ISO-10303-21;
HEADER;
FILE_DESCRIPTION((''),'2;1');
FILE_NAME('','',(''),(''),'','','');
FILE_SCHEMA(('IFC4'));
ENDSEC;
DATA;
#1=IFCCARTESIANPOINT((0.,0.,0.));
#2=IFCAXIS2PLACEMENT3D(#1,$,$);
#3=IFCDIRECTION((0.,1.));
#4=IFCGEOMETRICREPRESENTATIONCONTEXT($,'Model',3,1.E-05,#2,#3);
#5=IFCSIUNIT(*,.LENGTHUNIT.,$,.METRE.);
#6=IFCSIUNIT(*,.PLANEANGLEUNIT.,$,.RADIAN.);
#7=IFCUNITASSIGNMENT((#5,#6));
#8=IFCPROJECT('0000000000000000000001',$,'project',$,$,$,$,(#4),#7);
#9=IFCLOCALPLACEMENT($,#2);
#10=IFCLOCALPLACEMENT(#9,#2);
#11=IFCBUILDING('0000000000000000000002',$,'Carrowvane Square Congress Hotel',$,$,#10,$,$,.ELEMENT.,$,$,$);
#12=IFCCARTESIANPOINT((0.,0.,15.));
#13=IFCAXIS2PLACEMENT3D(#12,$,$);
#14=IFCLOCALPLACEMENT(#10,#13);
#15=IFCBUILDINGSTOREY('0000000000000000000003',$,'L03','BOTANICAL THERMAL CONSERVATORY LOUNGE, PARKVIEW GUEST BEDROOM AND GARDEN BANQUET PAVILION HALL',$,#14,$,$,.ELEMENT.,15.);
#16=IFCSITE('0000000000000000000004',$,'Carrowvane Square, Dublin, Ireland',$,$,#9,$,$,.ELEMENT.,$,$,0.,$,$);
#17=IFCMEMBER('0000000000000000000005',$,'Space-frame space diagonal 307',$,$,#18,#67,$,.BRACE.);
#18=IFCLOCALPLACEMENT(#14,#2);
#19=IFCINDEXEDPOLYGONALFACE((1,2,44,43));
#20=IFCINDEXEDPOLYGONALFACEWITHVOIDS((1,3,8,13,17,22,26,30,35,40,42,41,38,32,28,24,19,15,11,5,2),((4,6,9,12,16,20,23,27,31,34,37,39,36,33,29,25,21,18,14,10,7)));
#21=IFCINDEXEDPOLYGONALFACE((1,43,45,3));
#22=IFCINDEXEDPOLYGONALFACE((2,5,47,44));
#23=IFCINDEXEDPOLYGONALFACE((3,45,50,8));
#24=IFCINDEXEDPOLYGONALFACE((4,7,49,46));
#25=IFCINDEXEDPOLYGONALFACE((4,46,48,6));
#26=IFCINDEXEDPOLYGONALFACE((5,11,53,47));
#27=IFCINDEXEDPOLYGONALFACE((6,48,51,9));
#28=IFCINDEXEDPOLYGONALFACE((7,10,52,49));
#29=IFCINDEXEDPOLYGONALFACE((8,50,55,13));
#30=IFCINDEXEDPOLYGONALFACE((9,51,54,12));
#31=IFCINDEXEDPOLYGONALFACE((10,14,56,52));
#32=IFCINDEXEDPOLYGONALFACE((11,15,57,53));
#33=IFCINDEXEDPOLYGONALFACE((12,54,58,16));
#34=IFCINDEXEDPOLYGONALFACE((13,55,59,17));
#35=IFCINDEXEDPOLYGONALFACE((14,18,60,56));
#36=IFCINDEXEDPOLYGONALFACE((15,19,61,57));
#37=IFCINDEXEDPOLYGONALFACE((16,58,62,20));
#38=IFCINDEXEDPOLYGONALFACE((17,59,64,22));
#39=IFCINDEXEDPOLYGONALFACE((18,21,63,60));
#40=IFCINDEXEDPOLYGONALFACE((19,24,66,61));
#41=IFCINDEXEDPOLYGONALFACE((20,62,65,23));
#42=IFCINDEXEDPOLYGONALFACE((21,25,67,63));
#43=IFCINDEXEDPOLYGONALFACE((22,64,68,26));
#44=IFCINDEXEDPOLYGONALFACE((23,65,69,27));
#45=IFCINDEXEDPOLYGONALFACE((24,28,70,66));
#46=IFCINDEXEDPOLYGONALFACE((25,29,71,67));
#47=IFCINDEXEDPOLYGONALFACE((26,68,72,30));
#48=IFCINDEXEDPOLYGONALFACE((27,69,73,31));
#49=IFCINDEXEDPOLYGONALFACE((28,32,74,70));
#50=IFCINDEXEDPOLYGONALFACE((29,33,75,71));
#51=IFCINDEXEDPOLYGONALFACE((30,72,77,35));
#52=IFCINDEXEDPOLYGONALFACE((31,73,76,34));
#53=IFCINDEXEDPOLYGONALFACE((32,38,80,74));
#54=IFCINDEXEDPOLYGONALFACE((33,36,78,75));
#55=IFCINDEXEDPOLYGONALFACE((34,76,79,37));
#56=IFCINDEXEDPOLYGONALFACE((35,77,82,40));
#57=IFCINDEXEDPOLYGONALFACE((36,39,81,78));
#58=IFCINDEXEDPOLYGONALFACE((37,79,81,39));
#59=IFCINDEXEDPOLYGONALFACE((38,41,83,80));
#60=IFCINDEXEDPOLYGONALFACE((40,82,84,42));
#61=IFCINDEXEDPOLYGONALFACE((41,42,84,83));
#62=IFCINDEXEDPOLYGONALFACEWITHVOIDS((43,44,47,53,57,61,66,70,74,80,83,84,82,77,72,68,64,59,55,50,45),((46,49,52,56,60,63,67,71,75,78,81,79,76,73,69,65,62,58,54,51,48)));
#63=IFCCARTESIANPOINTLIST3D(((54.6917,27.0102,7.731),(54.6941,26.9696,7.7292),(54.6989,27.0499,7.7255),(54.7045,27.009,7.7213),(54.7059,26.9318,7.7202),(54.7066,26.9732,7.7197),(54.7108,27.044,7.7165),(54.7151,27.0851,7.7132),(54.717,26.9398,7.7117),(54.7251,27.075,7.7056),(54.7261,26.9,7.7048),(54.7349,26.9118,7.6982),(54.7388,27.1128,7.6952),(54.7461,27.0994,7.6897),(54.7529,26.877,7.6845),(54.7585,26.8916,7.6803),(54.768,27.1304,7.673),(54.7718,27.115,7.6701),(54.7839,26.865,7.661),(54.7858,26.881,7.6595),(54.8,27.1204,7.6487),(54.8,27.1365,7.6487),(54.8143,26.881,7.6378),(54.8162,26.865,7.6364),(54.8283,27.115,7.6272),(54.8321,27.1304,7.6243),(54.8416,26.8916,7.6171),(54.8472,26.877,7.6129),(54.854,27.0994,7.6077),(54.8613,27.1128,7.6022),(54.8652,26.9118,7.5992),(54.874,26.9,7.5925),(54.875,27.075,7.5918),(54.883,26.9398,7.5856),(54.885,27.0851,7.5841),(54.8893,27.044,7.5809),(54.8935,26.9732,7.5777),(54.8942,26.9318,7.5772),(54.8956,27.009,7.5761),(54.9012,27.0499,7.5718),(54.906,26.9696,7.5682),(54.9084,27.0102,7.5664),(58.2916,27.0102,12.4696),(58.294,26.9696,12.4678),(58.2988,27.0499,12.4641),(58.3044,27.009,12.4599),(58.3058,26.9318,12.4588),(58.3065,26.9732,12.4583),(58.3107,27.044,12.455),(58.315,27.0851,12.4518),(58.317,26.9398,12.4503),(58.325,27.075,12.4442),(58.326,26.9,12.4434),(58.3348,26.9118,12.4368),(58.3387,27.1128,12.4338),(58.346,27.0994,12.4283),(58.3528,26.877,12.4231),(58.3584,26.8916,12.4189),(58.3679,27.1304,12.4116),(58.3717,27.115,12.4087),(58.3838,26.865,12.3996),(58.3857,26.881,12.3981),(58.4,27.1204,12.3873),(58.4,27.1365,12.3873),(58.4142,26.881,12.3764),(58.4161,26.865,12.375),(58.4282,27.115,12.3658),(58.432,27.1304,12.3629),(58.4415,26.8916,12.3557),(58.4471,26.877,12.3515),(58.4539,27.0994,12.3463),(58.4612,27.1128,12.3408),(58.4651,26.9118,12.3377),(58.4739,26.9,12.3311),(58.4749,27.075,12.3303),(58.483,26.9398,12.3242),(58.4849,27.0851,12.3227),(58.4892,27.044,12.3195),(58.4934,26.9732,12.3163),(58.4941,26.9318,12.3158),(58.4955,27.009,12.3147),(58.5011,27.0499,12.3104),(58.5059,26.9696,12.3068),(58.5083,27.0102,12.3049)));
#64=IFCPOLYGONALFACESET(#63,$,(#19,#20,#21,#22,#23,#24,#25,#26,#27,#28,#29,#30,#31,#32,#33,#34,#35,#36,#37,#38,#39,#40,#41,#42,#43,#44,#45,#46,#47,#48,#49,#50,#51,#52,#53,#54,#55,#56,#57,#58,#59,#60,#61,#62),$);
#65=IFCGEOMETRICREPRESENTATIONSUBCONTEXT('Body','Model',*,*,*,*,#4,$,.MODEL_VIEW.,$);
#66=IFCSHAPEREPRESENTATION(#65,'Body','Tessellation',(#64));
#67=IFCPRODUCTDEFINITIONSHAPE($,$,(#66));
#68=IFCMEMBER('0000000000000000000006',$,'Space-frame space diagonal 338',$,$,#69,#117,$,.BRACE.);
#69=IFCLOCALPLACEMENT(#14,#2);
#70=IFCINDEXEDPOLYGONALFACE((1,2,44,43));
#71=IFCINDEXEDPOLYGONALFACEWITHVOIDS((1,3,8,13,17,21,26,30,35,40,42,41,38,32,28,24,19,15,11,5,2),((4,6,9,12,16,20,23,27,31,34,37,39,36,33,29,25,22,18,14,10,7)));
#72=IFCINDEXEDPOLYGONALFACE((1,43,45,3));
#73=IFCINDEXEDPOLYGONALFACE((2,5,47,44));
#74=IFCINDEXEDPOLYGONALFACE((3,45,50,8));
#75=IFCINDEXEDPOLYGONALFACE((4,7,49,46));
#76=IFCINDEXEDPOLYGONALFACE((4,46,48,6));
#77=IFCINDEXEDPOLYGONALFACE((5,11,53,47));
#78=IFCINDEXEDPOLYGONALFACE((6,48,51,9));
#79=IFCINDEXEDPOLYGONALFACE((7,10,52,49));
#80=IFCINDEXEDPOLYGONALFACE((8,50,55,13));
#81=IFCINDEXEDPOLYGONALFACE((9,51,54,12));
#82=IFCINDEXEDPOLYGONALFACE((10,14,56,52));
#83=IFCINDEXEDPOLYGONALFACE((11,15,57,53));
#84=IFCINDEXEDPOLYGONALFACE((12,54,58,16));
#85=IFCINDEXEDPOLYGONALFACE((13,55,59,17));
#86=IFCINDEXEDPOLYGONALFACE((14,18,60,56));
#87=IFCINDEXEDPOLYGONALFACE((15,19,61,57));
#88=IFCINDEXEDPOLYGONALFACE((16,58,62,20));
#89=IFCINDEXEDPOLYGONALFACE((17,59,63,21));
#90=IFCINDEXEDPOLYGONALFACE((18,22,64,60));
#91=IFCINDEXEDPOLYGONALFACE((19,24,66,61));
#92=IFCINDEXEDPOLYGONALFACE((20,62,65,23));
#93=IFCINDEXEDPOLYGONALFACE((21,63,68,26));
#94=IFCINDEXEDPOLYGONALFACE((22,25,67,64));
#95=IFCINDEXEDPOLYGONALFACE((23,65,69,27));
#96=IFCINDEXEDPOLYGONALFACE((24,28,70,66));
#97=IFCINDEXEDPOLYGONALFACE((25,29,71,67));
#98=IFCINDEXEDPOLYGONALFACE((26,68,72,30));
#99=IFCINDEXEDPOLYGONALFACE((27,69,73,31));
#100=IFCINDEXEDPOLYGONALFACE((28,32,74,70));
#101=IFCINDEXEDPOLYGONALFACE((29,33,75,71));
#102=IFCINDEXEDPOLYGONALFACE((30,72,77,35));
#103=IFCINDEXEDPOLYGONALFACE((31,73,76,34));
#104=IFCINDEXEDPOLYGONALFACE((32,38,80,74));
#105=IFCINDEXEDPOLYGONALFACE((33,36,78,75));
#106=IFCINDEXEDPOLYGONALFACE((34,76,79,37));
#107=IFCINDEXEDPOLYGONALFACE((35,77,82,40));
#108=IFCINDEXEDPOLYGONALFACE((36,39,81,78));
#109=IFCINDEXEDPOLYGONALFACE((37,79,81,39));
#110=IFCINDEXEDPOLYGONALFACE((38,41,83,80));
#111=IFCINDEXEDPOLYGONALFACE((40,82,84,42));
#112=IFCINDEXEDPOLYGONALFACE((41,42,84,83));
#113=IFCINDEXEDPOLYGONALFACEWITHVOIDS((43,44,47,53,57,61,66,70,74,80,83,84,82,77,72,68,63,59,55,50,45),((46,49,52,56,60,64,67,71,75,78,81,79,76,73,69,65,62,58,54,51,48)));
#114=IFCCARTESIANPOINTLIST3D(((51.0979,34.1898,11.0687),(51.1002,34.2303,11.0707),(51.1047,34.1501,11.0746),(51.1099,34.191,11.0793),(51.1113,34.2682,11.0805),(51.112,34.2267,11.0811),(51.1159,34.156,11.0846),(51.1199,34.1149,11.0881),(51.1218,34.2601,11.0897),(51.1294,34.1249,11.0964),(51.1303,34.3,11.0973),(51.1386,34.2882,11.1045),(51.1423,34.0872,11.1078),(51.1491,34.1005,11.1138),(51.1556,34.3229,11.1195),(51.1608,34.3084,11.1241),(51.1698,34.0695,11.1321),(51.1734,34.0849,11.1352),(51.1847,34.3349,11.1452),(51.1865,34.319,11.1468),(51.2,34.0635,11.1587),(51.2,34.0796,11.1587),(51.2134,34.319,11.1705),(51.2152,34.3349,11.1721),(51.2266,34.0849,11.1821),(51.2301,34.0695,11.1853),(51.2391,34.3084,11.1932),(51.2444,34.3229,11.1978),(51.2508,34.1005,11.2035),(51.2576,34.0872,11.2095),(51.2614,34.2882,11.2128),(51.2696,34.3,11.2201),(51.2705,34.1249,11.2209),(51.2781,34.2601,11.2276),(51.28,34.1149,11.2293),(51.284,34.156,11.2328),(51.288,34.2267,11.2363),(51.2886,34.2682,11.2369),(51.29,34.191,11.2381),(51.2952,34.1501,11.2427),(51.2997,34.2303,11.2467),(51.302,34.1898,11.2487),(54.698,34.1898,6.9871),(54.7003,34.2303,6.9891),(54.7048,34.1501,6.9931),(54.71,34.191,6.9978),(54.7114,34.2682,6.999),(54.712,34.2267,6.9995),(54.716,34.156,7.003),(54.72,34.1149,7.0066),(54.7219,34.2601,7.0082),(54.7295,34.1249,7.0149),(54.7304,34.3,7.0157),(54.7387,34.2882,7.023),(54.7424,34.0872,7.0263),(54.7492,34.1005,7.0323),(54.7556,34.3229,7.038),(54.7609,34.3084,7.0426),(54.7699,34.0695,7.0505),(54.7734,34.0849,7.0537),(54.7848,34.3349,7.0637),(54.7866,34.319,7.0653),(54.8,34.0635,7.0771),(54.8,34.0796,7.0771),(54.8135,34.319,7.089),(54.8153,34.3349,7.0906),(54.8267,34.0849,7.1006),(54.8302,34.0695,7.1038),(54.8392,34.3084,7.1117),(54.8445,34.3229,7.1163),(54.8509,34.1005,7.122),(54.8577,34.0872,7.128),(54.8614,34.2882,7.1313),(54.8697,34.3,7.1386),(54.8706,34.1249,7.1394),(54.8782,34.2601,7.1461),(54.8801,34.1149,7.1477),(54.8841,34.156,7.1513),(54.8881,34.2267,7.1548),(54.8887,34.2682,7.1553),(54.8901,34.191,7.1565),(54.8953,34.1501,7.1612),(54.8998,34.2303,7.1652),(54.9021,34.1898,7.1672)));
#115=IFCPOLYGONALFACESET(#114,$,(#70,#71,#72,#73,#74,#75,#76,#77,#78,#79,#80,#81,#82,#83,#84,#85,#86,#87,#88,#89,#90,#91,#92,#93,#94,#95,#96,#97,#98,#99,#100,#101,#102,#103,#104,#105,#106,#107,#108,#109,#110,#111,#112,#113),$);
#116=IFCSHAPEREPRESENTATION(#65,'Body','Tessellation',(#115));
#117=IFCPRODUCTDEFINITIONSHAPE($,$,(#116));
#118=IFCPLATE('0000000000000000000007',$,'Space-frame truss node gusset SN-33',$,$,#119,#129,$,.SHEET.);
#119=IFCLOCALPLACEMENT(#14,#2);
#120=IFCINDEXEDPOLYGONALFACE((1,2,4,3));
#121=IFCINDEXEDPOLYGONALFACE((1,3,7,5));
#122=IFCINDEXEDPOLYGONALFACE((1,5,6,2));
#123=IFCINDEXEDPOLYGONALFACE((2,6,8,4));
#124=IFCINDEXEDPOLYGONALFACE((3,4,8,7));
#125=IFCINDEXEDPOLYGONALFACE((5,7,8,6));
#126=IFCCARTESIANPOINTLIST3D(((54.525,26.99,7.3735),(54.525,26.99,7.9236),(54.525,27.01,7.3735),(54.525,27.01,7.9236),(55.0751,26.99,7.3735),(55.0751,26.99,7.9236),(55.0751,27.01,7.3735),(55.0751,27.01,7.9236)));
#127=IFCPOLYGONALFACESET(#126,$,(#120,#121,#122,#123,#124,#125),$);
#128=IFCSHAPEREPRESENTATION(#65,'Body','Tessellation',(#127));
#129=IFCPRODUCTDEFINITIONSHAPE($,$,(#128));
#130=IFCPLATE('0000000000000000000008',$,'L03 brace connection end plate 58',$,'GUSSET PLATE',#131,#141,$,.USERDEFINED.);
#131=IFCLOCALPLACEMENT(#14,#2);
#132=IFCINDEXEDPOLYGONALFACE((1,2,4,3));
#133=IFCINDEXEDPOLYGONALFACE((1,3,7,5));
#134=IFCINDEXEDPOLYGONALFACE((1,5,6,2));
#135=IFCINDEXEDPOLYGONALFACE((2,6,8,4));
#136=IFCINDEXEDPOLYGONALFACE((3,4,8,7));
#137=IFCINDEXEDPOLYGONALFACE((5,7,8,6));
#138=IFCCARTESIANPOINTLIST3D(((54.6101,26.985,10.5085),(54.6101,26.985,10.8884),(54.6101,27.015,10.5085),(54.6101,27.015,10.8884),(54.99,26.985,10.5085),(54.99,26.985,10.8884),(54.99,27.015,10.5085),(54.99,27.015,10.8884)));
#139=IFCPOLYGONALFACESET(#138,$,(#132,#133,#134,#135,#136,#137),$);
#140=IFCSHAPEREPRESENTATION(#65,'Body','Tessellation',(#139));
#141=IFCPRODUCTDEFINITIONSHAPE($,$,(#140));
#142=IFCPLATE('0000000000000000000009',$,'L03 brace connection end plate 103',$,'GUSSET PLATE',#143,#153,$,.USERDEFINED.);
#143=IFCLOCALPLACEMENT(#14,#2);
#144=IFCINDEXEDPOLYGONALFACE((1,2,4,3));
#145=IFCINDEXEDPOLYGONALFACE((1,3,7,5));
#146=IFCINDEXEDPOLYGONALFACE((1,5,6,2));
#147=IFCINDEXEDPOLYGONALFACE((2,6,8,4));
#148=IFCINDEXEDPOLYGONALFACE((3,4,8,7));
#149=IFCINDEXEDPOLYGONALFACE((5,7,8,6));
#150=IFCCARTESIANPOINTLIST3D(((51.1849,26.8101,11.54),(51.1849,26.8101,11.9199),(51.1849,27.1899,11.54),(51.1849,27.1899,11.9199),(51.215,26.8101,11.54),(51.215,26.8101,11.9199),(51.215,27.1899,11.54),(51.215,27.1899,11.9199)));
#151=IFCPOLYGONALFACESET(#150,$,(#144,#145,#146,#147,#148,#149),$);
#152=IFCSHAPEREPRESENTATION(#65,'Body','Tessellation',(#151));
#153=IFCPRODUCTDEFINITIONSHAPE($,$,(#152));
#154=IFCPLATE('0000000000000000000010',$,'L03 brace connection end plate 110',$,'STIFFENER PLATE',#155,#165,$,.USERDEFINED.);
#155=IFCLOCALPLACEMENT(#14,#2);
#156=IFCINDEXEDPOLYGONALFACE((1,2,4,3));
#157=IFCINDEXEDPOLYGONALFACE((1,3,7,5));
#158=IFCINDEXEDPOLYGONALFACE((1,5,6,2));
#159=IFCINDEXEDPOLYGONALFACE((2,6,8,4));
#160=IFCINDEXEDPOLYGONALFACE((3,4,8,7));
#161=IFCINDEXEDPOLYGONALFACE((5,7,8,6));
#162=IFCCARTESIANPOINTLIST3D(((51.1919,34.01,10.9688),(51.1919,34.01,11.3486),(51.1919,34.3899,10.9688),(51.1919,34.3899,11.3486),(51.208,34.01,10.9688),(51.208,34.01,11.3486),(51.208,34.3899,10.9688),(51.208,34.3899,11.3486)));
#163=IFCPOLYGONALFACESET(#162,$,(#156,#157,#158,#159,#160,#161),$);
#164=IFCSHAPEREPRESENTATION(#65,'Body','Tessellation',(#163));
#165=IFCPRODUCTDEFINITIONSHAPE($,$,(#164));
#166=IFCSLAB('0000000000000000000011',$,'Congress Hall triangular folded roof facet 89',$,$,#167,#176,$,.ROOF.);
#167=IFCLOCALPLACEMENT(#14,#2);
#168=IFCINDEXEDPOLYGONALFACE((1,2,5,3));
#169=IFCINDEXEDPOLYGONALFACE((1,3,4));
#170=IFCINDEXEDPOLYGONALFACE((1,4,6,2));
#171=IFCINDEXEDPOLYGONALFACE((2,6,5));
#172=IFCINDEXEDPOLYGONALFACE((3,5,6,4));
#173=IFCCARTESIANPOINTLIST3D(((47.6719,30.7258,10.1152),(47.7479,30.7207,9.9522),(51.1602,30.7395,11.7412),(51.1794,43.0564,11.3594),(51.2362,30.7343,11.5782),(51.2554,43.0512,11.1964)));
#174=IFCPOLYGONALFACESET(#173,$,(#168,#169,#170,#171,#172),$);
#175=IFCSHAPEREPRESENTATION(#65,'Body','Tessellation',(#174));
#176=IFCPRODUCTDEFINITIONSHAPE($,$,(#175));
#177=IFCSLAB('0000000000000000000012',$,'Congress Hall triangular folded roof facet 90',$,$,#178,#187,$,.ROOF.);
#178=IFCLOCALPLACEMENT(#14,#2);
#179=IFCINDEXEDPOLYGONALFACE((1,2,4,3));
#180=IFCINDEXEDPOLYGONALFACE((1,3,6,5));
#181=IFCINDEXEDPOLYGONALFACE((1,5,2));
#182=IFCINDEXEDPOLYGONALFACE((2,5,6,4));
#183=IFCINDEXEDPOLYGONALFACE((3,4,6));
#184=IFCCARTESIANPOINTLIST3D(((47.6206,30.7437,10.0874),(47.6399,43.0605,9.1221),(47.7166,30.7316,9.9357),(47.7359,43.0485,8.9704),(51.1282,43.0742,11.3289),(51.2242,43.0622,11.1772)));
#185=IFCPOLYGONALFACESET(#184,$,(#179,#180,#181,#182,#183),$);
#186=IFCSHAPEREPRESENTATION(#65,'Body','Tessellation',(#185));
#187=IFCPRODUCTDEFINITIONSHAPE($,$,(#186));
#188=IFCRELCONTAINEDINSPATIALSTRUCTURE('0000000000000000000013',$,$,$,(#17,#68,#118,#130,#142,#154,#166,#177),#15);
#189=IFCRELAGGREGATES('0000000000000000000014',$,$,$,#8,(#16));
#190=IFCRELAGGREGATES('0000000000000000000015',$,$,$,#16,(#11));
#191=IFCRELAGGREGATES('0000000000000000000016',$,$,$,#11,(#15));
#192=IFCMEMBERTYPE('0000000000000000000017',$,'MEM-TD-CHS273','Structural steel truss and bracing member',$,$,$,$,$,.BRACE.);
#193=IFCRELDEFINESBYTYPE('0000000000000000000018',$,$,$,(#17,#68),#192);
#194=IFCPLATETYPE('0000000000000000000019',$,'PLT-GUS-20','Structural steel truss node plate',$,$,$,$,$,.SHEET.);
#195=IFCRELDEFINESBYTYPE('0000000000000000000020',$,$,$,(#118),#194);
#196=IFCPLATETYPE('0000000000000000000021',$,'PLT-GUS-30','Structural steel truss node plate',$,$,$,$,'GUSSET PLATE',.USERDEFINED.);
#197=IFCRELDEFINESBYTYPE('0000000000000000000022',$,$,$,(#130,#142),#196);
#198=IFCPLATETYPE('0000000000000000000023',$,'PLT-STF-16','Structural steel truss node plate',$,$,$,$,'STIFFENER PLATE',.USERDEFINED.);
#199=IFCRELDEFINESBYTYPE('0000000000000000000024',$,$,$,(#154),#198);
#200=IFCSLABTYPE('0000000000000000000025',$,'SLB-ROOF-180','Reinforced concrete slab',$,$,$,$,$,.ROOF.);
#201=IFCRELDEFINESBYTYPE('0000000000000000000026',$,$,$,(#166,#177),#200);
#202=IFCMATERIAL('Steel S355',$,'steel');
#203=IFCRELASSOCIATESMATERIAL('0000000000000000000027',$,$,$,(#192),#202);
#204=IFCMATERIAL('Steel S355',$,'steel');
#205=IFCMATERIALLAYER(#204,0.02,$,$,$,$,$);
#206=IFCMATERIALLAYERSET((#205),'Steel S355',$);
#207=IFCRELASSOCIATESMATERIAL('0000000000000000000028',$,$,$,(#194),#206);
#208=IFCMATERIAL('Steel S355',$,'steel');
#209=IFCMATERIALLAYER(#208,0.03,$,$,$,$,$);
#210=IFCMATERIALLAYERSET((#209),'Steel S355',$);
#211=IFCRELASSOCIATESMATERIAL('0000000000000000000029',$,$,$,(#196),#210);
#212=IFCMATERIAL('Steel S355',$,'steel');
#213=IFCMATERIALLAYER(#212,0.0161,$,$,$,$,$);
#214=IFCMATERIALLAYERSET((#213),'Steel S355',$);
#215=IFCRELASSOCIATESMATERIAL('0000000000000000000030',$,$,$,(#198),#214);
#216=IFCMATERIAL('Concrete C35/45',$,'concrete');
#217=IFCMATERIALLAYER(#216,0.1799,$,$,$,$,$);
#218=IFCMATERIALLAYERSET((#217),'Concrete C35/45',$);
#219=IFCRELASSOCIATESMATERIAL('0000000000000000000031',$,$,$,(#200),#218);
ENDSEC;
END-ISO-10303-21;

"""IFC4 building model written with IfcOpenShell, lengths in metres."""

from ifc_helpers import new_model, si_unit, direction, frame, origin, origin_2d, place, context, subcontext, project, spatial, polyline, rectangle, hollow_circle, outline, extrude, material, layer, layer_set, material_profile, profile_set, type_object, element, save


model = new_model("IFC4")

# Units and contexts
model_context = context("Model", 3, precision=1e-05, world=origin(), true_north=direction((0.0, 1.0)))
body_context = subcontext(model_context, "Body", "Model", "MODEL_VIEW")
ifc_project = project(units=[si_unit("LENGTHUNIT", "METRE"), si_unit("PLANEANGLEUNIT", "RADIAN")], contexts=[model_context])

# Site, building, storey
site_placement = place(None, origin())
site = spatial("IfcSite", under=ifc_project, at=site_placement, Name="Carrowvane Square, Dublin, Ireland", CompositionType="ELEMENT", RefElevation=0.0)
building_placement = place(site_placement, origin())
building = spatial("IfcBuilding", under=site, at=building_placement, Name="Carrowvane Square Congress Hotel", CompositionType="ELEMENT")
storey_placement = place(building_placement, frame((0.0, 0.0, 15.0)))
storey = spatial("IfcBuildingStorey", under=building, at=storey_placement, Name="L03", Description="BOTANICAL THERMAL CONSERVATORY LOUNGE, PARKVIEW GUEST BEDROOM AND GARDEN BANQUET PAVILION HALL", CompositionType="ELEMENT", Elevation=15.0)

# Members
ifc_material_1 = material(Name="Steel S355", Category="steel")
ifc_material_profile_1 = material_profile(ifc_material_1, hollow_circle(Radius=0.1365, WallThickness=0.0161, at=origin_2d()), Name="CHS 273.0x16")
ifc_profile_set_1 = profile_set([ifc_material_profile_1], Name="Steel S355")
member_type_1 = type_object("IfcMemberType", Name="MEM-TD-CHS273", Description="Structural steel truss and bracing member", PredefinedType="BRACE", material=ifc_profile_set_1)
member_1_placement = place(storey_placement, frame((54.8, 27.0, 7.6487), z_axis=(0.604931, 0.0, 0.796278), x_axis=(0.0, 1.0, 0.0)))
element("IfcMember", 1, at=member_1_placement, inside=storey, type_object=member_type_1, Name="Space-frame space diagonal 307", PredefinedType="BRACE", context=body_context, shape_type="SweptSolid", body=[
    extrude(hollow_circle(Radius=0.1365, WallThickness=0.0161, at=origin_2d()), origin(), (0.0, 0.0, 1.0), 5.9509),
])
member_2_placement = place(storey_placement, frame((54.8, 34.2, 7.0771), z_axis=(-0.661491, 0.0, 0.749953), x_axis=(0.0, -1.0, 0.0)))
element("IfcMember", 2, at=member_2_placement, inside=storey, type_object=member_type_1, Name="Space-frame space diagonal 338", PredefinedType="BRACE", context=body_context, shape_type="SweptSolid", body=[
    extrude(hollow_circle(Radius=0.1365, WallThickness=0.0161, at=origin_2d()), origin(), (0.0, 0.0, 1.0), 5.4424),
])

# Plates
ifc_material_2 = material(Name="Steel S355", Category="steel")
ifc_layer_1 = layer(ifc_material_2, 0.02)
ifc_layer_set_1 = layer_set([ifc_layer_1], Name="Steel S355")
plate_type_1 = type_object("IfcPlateType", Name="PLT-GUS-20", Description="Structural steel truss node plate", PredefinedType="SHEET", material=ifc_layer_set_1)
plate_1_placement = place(storey_placement, frame((54.8, 27.0, 7.3735), z_axis=(0.0, 0.0, 1.0), x_axis=(1.0, 0.0, 0.0)))
element("IfcPlate", 3, at=plate_1_placement, inside=storey, type_object=plate_type_1, Name="Space-frame truss node gusset SN-33", PredefinedType="SHEET", context=body_context, shape_type="SweptSolid", body=[
    extrude(rectangle(XDim=0.55, YDim=0.02, at=origin_2d()), origin(), (0.0, 0.0, 1.0), 0.55),
])
ifc_material_3 = material(Name="Steel S355", Category="steel")
ifc_layer_2 = layer(ifc_material_3, 0.03)
ifc_layer_set_2 = layer_set([ifc_layer_2], Name="Steel S355")
plate_type_2 = type_object("IfcPlateType", Name="PLT-GUS-30", Description="Structural steel truss node plate", ElementType="GUSSET PLATE", PredefinedType="USERDEFINED", material=ifc_layer_set_2)
plate_2_placement = place(storey_placement, frame((54.8, 27.0, 10.5085), z_axis=(0.0, 0.0, 1.0), x_axis=(1.0, 0.0, 0.0)))
element("IfcPlate", 4, at=plate_2_placement, inside=storey, type_object=plate_type_2, Name="L03 brace connection end plate 58", ObjectType="GUSSET PLATE", PredefinedType="USERDEFINED", context=body_context, shape_type="SweptSolid", body=[
    extrude(rectangle(XDim=0.3799, YDim=0.03, at=origin_2d()), origin(), (0.0, 0.0, 1.0), 0.3799),
])
plate_3_placement = place(storey_placement, frame((51.2, 27.0, 11.54), z_axis=(0.0, 0.0, 1.0), x_axis=(1.0, 0.0, 0.0)))
element("IfcPlate", 5, at=plate_3_placement, inside=storey, type_object=plate_type_2, Name="L03 brace connection end plate 103", ObjectType="GUSSET PLATE", PredefinedType="USERDEFINED", context=body_context, shape_type="SweptSolid", body=[
    extrude(rectangle(XDim=0.03, YDim=0.3799, at=origin_2d()), origin(), (0.0, 0.0, 1.0), 0.3799),
])
ifc_material_4 = material(Name="Steel S355", Category="steel")
ifc_layer_3 = layer(ifc_material_4, 0.0161)
ifc_layer_set_3 = layer_set([ifc_layer_3], Name="Steel S355")
plate_type_3 = type_object("IfcPlateType", Name="PLT-STF-16", Description="Structural steel truss node plate", ElementType="STIFFENER PLATE", PredefinedType="USERDEFINED", material=ifc_layer_set_3)
plate_4_placement = place(storey_placement, frame((51.2, 34.2, 10.9688), z_axis=(0.0, 0.0, 1.0), x_axis=(1.0, 0.0, 0.0)))
element("IfcPlate", 6, at=plate_4_placement, inside=storey, type_object=plate_type_3, Name="L03 brace connection end plate 110", ObjectType="STIFFENER PLATE", PredefinedType="USERDEFINED", context=body_context, shape_type="SweptSolid", body=[
    extrude(rectangle(XDim=0.0161, YDim=0.3799, at=origin_2d()), origin(), (0.0, 0.0, 1.0), 0.3799),
])

# Slabs
ifc_material_5 = material(Name="Concrete C35/45", Category="concrete")
ifc_layer_4 = layer(ifc_material_5, 0.1799)
ifc_layer_set_4 = layer_set([ifc_layer_4], Name="Concrete C35/45")
slab_type = type_object("IfcSlabType", Name="SLB-ROOF-180", Description="Reinforced concrete slab", PredefinedType="ROOF", material=ifc_layer_set_4)
slab_1_placement = place(storey_placement, frame((47.6719, 30.7258, 10.1152), z_axis=(-0.422401, 0.028747, 0.905953), x_axis=(0.906365, 0.003552, 0.42248)))
element("IfcSlab", 7, at=slab_1_placement, inside=storey, type_object=slab_type, Name="Congress Hall triangular folded roof facet 89", PredefinedType="ROOF", context=body_context, shape_type="SweptSolid", body=[
    extrude(outline(polyline([(0.0, 0.0), (3.8486, 0.0), (3.7486, 12.3224), (0.0, 0.0)])), origin(), (0.0, 0.0, -1.0), 0.1799),
])
slab_2_placement = place(storey_placement, frame((47.6206, 30.7437, 10.0874), z_axis=(-0.533616, 0.066911, 0.843076), x_axis=(0.272333, 0.957363, 0.096388)))
element("IfcSlab", 8, at=slab_2_placement, inside=storey, type_object=slab_type, Name="Congress Hall triangular folded roof facet 90", PredefinedType="ROOF", context=body_context, shape_type="SweptSolid", body=[
    extrude(outline(polyline([(0.0, 0.0), (12.8797, 0.0), (11.7039, 3.9567), (0.0, 0.0)])), origin(), (0.0, 0.0, -1.0), 0.1799),
])

save(model, "model.ifc")
